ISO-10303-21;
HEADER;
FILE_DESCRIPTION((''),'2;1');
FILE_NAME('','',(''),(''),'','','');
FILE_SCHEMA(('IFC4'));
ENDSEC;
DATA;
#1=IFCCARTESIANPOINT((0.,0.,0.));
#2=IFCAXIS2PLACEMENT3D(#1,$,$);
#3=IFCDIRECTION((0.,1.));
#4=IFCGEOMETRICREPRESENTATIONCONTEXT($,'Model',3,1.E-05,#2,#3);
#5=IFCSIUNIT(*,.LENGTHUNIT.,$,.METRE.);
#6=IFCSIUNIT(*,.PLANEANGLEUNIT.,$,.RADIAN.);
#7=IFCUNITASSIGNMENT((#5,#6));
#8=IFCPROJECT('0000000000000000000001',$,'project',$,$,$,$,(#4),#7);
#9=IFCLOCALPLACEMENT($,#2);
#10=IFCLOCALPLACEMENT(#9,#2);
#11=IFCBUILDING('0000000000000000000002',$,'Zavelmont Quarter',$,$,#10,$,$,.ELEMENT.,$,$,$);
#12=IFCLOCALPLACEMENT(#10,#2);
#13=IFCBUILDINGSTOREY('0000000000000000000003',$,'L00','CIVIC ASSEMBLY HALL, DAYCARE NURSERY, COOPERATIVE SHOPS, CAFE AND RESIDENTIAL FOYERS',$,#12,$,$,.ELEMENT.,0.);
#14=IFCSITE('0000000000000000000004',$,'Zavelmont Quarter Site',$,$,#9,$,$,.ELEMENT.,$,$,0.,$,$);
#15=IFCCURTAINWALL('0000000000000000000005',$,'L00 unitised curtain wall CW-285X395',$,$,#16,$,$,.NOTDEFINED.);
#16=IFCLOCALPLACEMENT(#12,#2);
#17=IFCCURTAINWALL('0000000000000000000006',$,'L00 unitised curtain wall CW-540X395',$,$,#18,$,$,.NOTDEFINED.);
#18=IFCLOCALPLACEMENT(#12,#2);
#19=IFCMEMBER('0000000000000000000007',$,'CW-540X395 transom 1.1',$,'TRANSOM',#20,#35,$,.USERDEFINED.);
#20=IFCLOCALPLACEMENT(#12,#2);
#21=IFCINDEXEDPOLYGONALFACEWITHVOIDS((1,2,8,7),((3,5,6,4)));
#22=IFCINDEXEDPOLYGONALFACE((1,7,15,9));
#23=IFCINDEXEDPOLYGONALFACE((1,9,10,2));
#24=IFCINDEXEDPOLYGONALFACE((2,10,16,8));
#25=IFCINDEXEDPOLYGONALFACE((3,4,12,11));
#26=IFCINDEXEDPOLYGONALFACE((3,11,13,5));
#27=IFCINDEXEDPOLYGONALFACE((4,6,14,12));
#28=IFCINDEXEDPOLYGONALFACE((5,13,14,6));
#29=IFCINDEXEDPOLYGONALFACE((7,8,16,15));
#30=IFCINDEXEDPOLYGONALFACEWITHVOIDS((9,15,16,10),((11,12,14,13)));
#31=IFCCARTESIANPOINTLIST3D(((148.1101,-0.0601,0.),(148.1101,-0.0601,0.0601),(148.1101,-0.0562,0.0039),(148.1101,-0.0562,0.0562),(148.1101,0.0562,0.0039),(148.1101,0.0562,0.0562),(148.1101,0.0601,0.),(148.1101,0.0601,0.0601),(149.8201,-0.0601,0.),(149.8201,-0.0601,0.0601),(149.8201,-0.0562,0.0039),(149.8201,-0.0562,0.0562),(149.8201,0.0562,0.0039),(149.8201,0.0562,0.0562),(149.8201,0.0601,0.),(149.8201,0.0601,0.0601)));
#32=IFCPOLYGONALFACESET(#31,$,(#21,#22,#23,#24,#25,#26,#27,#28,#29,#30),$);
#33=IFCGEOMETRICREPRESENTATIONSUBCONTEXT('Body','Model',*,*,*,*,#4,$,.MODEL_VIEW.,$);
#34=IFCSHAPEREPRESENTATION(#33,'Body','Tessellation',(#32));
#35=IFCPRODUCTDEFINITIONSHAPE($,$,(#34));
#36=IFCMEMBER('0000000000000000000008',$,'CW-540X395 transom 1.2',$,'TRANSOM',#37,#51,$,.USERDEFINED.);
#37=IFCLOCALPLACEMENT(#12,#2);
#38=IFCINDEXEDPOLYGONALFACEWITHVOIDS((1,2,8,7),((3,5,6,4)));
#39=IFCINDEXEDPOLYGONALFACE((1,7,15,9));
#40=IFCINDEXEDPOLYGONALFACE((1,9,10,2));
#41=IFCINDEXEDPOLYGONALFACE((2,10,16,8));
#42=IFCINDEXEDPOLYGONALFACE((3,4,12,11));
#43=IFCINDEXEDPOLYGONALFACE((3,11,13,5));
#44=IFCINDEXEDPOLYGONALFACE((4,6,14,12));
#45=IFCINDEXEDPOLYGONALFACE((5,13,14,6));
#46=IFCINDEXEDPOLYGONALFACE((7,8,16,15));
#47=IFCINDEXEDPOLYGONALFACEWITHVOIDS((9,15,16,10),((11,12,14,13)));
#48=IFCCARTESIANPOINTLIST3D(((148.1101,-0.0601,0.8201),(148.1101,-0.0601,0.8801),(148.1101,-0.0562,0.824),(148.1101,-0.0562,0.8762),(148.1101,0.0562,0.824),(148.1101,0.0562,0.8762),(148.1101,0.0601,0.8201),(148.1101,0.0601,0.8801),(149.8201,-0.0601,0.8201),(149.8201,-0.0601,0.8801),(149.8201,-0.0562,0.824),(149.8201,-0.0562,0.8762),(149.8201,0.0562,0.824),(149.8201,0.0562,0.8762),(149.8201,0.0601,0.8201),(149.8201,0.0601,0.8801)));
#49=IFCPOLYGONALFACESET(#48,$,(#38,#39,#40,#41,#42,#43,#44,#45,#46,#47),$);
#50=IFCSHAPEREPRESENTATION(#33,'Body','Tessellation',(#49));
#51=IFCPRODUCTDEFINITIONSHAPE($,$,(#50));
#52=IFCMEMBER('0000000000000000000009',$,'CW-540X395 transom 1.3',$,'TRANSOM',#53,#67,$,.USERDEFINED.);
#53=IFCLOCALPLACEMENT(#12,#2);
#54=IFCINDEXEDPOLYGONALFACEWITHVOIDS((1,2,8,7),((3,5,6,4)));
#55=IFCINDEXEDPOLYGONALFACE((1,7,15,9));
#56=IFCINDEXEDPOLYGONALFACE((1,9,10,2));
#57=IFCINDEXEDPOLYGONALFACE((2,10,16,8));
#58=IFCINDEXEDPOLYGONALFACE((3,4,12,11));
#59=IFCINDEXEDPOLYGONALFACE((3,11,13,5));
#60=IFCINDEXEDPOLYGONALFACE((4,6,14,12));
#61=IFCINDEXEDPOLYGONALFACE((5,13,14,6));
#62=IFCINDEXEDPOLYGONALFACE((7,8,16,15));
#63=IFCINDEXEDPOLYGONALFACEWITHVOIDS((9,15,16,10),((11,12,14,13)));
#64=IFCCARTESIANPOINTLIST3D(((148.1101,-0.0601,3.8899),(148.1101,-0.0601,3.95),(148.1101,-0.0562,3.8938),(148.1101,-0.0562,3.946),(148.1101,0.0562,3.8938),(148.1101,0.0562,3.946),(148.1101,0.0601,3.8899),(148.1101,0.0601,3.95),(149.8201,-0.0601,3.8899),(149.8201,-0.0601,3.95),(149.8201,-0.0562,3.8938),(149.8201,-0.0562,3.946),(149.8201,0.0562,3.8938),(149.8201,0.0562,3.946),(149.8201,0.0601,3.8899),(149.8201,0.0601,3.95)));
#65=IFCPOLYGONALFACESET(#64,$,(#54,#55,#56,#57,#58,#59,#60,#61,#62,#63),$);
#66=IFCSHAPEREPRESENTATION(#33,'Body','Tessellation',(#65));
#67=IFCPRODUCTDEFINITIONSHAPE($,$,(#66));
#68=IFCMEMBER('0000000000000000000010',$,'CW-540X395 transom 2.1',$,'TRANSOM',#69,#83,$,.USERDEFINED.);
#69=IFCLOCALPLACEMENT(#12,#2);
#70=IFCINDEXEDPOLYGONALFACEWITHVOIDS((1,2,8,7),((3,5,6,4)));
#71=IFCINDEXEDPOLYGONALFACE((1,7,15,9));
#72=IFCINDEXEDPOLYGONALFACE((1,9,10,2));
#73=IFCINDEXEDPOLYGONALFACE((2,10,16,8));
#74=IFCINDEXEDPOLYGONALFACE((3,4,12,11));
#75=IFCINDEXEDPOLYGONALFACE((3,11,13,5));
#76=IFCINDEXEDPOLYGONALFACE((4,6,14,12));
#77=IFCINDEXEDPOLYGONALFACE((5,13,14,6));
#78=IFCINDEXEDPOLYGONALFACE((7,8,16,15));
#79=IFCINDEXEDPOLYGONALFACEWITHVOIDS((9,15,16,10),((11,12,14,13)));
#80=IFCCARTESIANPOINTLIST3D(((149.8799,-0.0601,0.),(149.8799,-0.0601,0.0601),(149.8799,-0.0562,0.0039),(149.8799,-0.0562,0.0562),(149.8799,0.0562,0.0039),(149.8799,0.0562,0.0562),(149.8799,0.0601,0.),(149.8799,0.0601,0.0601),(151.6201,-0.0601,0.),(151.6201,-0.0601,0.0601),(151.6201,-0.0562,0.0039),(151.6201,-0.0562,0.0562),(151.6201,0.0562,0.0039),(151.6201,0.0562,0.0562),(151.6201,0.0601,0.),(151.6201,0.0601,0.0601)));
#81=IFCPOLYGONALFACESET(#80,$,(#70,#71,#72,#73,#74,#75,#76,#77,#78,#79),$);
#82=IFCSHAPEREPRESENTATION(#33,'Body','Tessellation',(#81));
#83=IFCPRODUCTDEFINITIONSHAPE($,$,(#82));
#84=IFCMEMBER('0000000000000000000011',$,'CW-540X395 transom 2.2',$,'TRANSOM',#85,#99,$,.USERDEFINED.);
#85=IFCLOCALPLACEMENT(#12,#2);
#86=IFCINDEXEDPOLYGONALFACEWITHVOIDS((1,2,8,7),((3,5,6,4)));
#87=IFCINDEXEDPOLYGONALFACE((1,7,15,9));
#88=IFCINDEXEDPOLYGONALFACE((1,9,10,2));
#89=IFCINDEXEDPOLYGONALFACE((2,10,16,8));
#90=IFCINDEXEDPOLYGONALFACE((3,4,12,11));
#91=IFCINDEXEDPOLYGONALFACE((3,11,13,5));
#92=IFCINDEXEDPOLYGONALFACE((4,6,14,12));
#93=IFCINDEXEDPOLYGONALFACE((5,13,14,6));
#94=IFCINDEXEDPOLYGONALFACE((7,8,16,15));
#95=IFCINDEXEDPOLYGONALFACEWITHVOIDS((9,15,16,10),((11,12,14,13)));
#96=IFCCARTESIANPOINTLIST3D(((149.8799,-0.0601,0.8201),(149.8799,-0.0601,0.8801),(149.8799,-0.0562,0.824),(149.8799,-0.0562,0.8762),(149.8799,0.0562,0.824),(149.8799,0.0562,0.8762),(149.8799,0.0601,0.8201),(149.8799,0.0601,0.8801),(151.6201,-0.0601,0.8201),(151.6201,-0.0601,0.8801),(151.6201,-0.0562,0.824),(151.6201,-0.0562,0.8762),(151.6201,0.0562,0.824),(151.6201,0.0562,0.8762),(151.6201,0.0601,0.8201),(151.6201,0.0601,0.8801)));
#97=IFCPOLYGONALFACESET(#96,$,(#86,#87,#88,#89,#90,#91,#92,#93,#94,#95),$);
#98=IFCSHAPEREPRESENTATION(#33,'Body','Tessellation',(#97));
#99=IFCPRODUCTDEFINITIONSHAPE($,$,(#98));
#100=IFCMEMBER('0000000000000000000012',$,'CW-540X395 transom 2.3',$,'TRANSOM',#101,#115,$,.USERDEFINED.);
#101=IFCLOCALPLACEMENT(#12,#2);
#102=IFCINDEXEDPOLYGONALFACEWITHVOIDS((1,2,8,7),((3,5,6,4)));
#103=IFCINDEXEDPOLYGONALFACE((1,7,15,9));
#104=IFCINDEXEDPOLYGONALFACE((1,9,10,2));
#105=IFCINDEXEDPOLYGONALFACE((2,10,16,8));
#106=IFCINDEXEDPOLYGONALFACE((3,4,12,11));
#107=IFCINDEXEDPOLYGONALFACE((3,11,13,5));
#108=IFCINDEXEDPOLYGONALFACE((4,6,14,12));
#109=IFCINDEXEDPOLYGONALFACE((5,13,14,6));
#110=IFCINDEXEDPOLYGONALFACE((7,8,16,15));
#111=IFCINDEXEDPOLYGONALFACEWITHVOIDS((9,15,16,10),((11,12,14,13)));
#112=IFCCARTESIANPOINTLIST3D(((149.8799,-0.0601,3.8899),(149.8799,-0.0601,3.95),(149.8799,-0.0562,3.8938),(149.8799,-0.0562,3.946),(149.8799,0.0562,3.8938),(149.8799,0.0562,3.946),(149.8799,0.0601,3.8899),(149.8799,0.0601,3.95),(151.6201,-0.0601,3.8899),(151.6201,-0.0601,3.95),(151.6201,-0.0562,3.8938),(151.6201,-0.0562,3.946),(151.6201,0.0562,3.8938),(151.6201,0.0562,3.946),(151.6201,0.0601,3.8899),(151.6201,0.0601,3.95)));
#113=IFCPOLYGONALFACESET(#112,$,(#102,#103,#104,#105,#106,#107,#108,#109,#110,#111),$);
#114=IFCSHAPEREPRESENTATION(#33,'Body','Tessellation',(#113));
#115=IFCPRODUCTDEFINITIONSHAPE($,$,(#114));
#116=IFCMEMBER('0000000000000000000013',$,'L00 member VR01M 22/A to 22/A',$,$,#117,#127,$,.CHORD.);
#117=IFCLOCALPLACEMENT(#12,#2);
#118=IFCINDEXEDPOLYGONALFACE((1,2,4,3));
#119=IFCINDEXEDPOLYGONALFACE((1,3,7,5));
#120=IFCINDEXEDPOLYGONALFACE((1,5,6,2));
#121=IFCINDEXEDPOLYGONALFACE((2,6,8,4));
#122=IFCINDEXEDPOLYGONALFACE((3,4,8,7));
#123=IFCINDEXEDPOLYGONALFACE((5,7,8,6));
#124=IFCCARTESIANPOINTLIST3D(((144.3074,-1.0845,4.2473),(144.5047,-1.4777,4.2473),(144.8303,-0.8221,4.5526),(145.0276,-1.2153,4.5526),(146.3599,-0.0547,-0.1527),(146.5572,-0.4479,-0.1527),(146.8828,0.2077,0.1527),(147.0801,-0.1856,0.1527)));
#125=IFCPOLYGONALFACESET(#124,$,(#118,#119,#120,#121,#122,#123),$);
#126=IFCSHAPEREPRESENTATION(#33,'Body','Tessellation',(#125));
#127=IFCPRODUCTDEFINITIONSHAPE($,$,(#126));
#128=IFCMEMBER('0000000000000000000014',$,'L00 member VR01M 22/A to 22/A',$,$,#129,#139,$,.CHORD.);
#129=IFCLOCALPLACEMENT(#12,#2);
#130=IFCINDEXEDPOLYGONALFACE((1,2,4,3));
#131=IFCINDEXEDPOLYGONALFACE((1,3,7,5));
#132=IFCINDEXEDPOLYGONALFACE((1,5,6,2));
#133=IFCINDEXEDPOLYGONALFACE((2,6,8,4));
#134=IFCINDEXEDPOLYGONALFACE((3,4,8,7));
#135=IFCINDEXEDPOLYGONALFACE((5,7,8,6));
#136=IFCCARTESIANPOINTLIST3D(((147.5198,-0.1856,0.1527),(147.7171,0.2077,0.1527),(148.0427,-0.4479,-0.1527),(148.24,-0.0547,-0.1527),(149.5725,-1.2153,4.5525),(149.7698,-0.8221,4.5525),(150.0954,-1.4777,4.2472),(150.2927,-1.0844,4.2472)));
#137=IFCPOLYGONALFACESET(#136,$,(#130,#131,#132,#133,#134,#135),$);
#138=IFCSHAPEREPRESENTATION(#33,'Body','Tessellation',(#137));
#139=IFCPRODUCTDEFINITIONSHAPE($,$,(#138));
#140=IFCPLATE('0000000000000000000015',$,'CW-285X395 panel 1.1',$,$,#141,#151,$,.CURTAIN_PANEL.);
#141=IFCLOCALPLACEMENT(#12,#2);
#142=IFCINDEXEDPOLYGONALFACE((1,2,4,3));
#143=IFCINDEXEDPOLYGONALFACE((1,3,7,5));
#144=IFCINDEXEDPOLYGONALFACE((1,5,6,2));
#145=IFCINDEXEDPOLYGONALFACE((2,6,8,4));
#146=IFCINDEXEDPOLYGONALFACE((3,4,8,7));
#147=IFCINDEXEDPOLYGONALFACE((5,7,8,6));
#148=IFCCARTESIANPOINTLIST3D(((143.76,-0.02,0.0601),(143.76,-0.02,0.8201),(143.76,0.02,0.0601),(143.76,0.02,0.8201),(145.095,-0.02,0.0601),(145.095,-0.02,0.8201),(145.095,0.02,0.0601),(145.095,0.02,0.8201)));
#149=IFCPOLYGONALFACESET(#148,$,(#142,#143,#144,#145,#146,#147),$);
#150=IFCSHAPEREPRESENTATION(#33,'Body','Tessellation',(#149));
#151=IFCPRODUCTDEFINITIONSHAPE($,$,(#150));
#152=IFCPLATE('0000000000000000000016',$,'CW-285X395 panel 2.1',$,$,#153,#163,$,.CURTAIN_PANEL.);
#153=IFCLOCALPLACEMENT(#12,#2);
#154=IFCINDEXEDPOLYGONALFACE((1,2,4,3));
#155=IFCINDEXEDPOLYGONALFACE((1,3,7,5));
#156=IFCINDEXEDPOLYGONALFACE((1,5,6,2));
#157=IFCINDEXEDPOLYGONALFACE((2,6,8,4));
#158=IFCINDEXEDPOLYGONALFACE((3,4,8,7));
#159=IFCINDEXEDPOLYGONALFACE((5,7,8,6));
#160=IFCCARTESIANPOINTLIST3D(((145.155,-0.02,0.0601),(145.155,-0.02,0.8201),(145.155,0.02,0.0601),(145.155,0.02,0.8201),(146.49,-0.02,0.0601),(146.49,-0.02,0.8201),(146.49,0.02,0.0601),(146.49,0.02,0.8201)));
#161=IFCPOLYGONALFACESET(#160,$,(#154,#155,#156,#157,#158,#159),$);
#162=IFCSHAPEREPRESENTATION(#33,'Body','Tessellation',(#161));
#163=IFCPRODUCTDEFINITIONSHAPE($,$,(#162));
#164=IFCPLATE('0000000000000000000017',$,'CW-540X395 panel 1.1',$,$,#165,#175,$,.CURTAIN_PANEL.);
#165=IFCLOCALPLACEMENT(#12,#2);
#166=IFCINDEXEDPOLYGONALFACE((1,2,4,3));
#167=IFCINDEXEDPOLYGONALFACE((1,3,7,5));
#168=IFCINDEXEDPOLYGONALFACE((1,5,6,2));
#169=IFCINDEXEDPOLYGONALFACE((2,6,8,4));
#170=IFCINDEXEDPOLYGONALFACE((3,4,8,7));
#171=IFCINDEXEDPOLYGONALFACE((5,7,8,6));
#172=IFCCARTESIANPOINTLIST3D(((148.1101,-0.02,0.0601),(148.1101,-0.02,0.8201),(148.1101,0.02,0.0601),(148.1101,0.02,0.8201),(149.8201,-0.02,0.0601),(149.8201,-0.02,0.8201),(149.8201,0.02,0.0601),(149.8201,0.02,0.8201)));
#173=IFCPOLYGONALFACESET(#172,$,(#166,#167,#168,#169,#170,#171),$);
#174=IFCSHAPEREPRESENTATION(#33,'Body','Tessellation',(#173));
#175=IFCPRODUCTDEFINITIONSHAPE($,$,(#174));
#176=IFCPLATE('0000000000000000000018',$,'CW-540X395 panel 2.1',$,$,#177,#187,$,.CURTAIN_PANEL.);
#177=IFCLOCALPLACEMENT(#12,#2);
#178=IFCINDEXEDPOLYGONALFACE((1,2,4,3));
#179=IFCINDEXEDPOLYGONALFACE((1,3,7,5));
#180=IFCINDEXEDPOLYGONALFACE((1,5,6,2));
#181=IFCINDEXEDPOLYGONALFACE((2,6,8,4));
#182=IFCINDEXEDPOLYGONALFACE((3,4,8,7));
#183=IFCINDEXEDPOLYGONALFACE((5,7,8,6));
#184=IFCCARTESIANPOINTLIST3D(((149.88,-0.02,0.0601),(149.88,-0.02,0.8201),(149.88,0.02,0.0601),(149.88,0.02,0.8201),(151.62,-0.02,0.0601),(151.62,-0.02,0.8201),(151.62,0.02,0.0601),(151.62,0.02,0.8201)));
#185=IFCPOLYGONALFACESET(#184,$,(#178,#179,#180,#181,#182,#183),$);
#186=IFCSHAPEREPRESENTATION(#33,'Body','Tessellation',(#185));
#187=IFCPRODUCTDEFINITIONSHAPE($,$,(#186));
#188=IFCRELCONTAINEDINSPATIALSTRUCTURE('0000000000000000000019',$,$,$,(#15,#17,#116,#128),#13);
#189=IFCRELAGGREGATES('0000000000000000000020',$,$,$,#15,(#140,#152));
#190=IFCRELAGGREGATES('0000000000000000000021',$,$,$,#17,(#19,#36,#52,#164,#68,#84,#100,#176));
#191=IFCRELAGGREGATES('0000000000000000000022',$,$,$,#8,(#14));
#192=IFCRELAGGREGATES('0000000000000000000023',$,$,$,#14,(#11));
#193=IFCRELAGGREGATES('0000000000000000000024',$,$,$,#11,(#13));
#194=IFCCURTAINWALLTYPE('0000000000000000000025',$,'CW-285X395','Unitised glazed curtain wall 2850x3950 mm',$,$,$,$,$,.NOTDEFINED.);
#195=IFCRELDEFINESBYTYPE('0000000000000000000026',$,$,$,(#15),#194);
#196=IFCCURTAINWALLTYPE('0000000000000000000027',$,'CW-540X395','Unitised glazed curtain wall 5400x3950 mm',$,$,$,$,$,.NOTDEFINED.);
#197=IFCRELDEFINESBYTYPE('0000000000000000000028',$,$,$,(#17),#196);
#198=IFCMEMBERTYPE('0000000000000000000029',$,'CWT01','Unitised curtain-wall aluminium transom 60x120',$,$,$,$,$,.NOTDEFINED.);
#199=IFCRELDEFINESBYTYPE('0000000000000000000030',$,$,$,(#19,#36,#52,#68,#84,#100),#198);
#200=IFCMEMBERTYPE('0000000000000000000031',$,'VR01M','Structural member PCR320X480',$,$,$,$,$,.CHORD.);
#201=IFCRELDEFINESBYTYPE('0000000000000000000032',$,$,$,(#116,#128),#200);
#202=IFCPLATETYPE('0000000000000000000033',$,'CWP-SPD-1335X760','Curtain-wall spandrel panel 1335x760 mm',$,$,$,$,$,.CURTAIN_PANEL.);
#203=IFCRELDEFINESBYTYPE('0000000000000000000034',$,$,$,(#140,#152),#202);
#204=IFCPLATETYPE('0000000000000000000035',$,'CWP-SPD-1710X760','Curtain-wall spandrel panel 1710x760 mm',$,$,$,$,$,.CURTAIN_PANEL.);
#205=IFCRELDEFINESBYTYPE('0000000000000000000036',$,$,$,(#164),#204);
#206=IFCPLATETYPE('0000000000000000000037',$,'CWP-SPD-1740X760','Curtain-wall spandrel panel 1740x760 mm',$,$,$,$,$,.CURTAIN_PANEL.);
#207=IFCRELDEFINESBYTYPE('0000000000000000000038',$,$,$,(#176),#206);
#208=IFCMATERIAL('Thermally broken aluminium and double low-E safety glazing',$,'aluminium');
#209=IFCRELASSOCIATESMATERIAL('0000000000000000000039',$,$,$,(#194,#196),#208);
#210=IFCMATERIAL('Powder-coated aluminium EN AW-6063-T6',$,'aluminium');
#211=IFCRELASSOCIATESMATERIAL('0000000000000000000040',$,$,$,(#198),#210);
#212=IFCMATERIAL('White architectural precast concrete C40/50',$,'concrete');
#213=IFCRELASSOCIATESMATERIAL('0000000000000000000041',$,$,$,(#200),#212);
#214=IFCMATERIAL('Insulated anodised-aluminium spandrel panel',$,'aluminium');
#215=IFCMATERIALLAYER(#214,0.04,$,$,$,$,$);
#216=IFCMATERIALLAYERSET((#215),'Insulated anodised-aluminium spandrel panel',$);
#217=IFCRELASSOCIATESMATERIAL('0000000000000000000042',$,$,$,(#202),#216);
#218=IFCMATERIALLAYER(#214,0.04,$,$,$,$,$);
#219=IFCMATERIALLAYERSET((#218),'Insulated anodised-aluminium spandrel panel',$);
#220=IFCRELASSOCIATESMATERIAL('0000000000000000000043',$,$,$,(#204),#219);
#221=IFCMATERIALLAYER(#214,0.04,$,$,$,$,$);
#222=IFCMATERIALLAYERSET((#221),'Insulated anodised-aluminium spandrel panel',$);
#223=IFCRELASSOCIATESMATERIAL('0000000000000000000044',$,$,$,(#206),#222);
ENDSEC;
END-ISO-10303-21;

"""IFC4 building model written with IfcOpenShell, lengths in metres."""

from ifc_helpers import new_model, si_unit, direction, frame, origin, origin_2d, place, context, subcontext, project, spatial, rectangle, hollow_rectangle, extrude, material, layer, layer_set, material_profile, profile_set, type_object, element, aggregate, save


model = new_model("IFC4")

# Units and contexts
model_context = context("Model", 3, precision=1e-05, world=origin(), true_north=direction((0.0, 1.0)))
body_context = subcontext(model_context, "Body", "Model", "MODEL_VIEW")
ifc_project = project(units=[si_unit("LENGTHUNIT", "METRE"), si_unit("PLANEANGLEUNIT", "RADIAN")], contexts=[model_context])

# Site, building, storey
site_placement = place(None, origin())
site = spatial("IfcSite", under=ifc_project, at=site_placement, Name="Zavelmont Quarter Site", CompositionType="ELEMENT", RefElevation=0.0)
building_placement = place(site_placement, origin())
building = spatial("IfcBuilding", under=site, at=building_placement, Name="Zavelmont Quarter", CompositionType="ELEMENT")
storey_placement = place(building_placement, origin())
storey = spatial("IfcBuildingStorey", under=building, at=storey_placement, Name="L00", Description="CIVIC ASSEMBLY HALL, DAYCARE NURSERY, COOPERATIVE SHOPS, CAFE AND RESIDENTIAL FOYERS", CompositionType="ELEMENT", Elevation=0.0)

# Curtain walls
ifc_material_1 = material(Name="Thermally broken aluminium and double low-E safety glazing", Category="aluminium")
curtain_wall_type_1 = type_object("IfcCurtainWallType", Name="CW-285X395", Description="Unitised glazed curtain wall 2850x3950 mm", PredefinedType="NOTDEFINED", material=ifc_material_1)
curtain_wall_1_placement = place(storey_placement, origin())
curtain_wall_1 = element("IfcCurtainWall", 1, at=curtain_wall_1_placement, inside=storey, type_object=curtain_wall_type_1, Name="L00 unitised curtain wall CW-285X395", PredefinedType="NOTDEFINED")
ifc_material_2 = material(Name="Powder-coated aluminium EN AW-6063-T6", Category="aluminium")
curtain_wall_type_2 = type_object("IfcCurtainWallType", Name="CW-540X395", Description="Unitised glazed curtain wall 5400x3950 mm", PredefinedType="NOTDEFINED", material=ifc_material_1)
curtain_wall_2_placement = place(storey_placement, origin())
curtain_wall_2 = element("IfcCurtainWall", 2, at=curtain_wall_2_placement, inside=storey, type_object=curtain_wall_type_2, Name="L00 unitised curtain wall CW-540X395", PredefinedType="NOTDEFINED")

# Members
ifc_material_profile_1 = material_profile(ifc_material_2, hollow_rectangle(XDim=0.1201, YDim=0.0601, WallThickness=0.0039, at=origin_2d()), Name="CWT60X120")
ifc_profile_set_1 = profile_set([ifc_material_profile_1], Name="Powder-coated aluminium EN AW-6063-T6")
member_type_1 = type_object("IfcMemberType", Name="CWT01", Description="Unitised curtain-wall aluminium transom 60x120", PredefinedType="NOTDEFINED", material=ifc_profile_set_1)
member_1_placement = place(storey_placement, frame((148.1101, 0.0, 0.03), z_axis=(1.0, 0.0, 0.0), x_axis=(0.0, 1.0, 0.0)))
member_1 = element("IfcMember", 3, at=member_1_placement, type_object=member_type_1, Name="CW-540X395 transom 1.1", ObjectType="TRANSOM", PredefinedType="USERDEFINED", context=body_context, shape_type="SweptSolid", body=[
    extrude(hollow_rectangle(XDim=0.1201, YDim=0.0601, WallThickness=0.0039, at=origin_2d()), origin(), (0.0, 0.0, 1.0), 1.71),
])
member_2_placement = place(storey_placement, frame((148.1101, 0.0, 0.8501), z_axis=(1.0, 0.0, 0.0), x_axis=(0.0, 1.0, 0.0)))
member_2 = element("IfcMember", 4, at=member_2_placement, type_object=member_type_1, Name="CW-540X395 transom 1.2", ObjectType="TRANSOM", PredefinedType="USERDEFINED", context=body_context, shape_type="SweptSolid", body=[
    extrude(hollow_rectangle(XDim=0.1201, YDim=0.0601, WallThickness=0.0039, at=origin_2d()), origin(), (0.0, 0.0, 1.0), 1.71),
])
member_3_placement = place(storey_placement, frame((148.1101, 0.0, 3.9199), z_axis=(1.0, 0.0, 0.0), x_axis=(0.0, 1.0, 0.0)))
member_3 = element("IfcMember", 5, at=member_3_placement, type_object=member_type_1, Name="CW-540X395 transom 1.3", ObjectType="TRANSOM", PredefinedType="USERDEFINED", context=body_context, shape_type="SweptSolid", body=[
    extrude(hollow_rectangle(XDim=0.1201, YDim=0.0601, WallThickness=0.0039, at=origin_2d()), origin(), (0.0, 0.0, 1.0), 1.71),
])
member_4_placement = place(storey_placement, frame((149.8799, 0.0, 0.03), z_axis=(1.0, 0.0, 0.0), x_axis=(0.0, 1.0, 0.0)))
member_4 = element("IfcMember", 6, at=member_4_placement, type_object=member_type_1, Name="CW-540X395 transom 2.1", ObjectType="TRANSOM", PredefinedType="USERDEFINED", context=body_context, shape_type="SweptSolid", body=[
    extrude(hollow_rectangle(XDim=0.1201, YDim=0.0601, WallThickness=0.0039, at=origin_2d()), origin(), (0.0, 0.0, 1.0), 1.7402),
])
member_5_placement = place(storey_placement, frame((149.8799, 0.0, 0.8501), z_axis=(1.0, 0.0, 0.0), x_axis=(0.0, 1.0, 0.0)))
member_5 = element("IfcMember", 7, at=member_5_placement, type_object=member_type_1, Name="CW-540X395 transom 2.2", ObjectType="TRANSOM", PredefinedType="USERDEFINED", context=body_context, shape_type="SweptSolid", body=[
    extrude(hollow_rectangle(XDim=0.1201, YDim=0.0601, WallThickness=0.0039, at=origin_2d()), origin(), (0.0, 0.0, 1.0), 1.7402),
])
member_6_placement = place(storey_placement, frame((149.8799, 0.0, 3.9199), z_axis=(1.0, 0.0, 0.0), x_axis=(0.0, 1.0, 0.0)))
member_6 = element("IfcMember", 8, at=member_6_placement, type_object=member_type_1, Name="CW-540X395 transom 2.3", ObjectType="TRANSOM", PredefinedType="USERDEFINED", context=body_context, shape_type="SweptSolid", body=[
    extrude(hollow_rectangle(XDim=0.1201, YDim=0.0601, WallThickness=0.0039, at=origin_2d()), origin(), (0.0, 0.0, 1.0), 1.7402),
])

# Members
ifc_material_3 = material(Name="White architectural precast concrete C40/50", Category="concrete")
ifc_material_profile_2 = material_profile(ifc_material_3, rectangle(XDim=0.4399, YDim=0.6599, at=origin_2d()), Name="PCR320X480")
ifc_profile_set_2 = profile_set([ifc_material_profile_2], Name="White architectural precast concrete C40/50")
member_type_2 = type_object("IfcMemberType", Name="VR01M", Description="Structural member PCR320X480", PredefinedType="CHORD", material=ifc_profile_set_2)
for number, where, z_axis, x_axis, name in (
    (9, (146.72, -0.1201, 0.0), (-0.41355, -0.207488, 0.886524), (0.448446, -0.89381, 0.0), "L00 member VR01M 22/A to 22/A"),
    (10, (147.8799, -0.1201, 0.0), (0.413591, -0.207484, 0.886506), (0.448404, 0.893831, 0.0), "L00 member VR01M 22/A to 22/A"),
):
    element("IfcMember", number, at=place(storey_placement, frame(where, z_axis=z_axis, x_axis=x_axis)), inside=storey, type_object=member_type_2, Name=name, PredefinedType="CHORD", context=body_context, shape_type="SweptSolid", body=[
        extrude(rectangle(XDim=0.4399, YDim=0.6599, at=origin_2d()), origin(), (0.0, 0.0, 1.0), 4.9631),
    ])

# Plates
ifc_material_4 = material(Name="Insulated anodised-aluminium spandrel panel", Category="aluminium")
ifc_layer_1 = layer(ifc_material_4, 0.04)
ifc_layer_set_1 = layer_set([ifc_layer_1], Name="Insulated anodised-aluminium spandrel panel")
plate_type_1 = type_object("IfcPlateType", Name="CWP-SPD-1335X760", Description="Curtain-wall spandrel panel 1335x760 mm", PredefinedType="CURTAIN_PANEL", material=ifc_layer_set_1)
plate_1_placement = place(storey_placement, frame((144.4275, 0.0, 0.0601), z_axis=(0.0, 0.0, 1.0), x_axis=(1.0, 0.0, 0.0)))
plate_1 = element("IfcPlate", 11, at=plate_1_placement, type_object=plate_type_1, Name="CW-285X395 panel 1.1", PredefinedType="CURTAIN_PANEL", context=body_context, shape_type="SweptSolid", body=[
    extrude(rectangle(XDim=1.335, YDim=0.04, at=origin_2d()), origin(), (0.0, 0.0, 1.0), 0.76),
])
plate_2_placement = place(storey_placement, frame((145.8225, 0.0, 0.0601), z_axis=(0.0, 0.0, 1.0), x_axis=(1.0, 0.0, 0.0)))
plate_2 = element("IfcPlate", 12, at=plate_2_placement, type_object=plate_type_1, Name="CW-285X395 panel 2.1", PredefinedType="CURTAIN_PANEL", context=body_context, shape_type="SweptSolid", body=[
    extrude(rectangle(XDim=1.335, YDim=0.04, at=origin_2d()), origin(), (0.0, 0.0, 1.0), 0.76),
])
ifc_layer_2 = layer(ifc_material_4, 0.04)
ifc_layer_set_2 = layer_set([ifc_layer_2], Name="Insulated anodised-aluminium spandrel panel")
plate_type_2 = type_object("IfcPlateType", Name="CWP-SPD-1710X760", Description="Curtain-wall spandrel panel 1710x760 mm", PredefinedType="CURTAIN_PANEL", material=ifc_layer_set_2)
plate_3_placement = place(storey_placement, frame((148.9651, 0.0, 0.0601), z_axis=(0.0, 0.0, 1.0), x_axis=(1.0, 0.0, 0.0)))
plate_3 = element("IfcPlate", 13, at=plate_3_placement, type_object=plate_type_2, Name="CW-540X395 panel 1.1", PredefinedType="CURTAIN_PANEL", context=body_context, shape_type="SweptSolid", body=[
    extrude(rectangle(XDim=1.71, YDim=0.04, at=origin_2d()), origin(), (0.0, 0.0, 1.0), 0.76),
])
ifc_layer_3 = layer(ifc_material_4, 0.04)
ifc_layer_set_3 = layer_set([ifc_layer_3], Name="Insulated anodised-aluminium spandrel panel")
plate_type_3 = type_object("IfcPlateType", Name="CWP-SPD-1740X760", Description="Curtain-wall spandrel panel 1740x760 mm", PredefinedType="CURTAIN_PANEL", material=ifc_layer_set_3)
plate_4_placement = place(storey_placement, frame((150.75, 0.0, 0.0601), z_axis=(0.0, 0.0, 1.0), x_axis=(1.0, 0.0, 0.0)))
plate_4 = element("IfcPlate", 14, at=plate_4_placement, type_object=plate_type_3, Name="CW-540X395 panel 2.1", PredefinedType="CURTAIN_PANEL", context=body_context, shape_type="SweptSolid", body=[
    extrude(rectangle(XDim=1.74, YDim=0.04, at=origin_2d()), origin(), (0.0, 0.0, 1.0), 0.76),
])
aggregate(curtain_wall_1, [plate_1, plate_2])
aggregate(curtain_wall_2, [member_1, member_2, member_3, plate_3, member_4, member_5, member_6, plate_4])

save(model, "model.ifc")
